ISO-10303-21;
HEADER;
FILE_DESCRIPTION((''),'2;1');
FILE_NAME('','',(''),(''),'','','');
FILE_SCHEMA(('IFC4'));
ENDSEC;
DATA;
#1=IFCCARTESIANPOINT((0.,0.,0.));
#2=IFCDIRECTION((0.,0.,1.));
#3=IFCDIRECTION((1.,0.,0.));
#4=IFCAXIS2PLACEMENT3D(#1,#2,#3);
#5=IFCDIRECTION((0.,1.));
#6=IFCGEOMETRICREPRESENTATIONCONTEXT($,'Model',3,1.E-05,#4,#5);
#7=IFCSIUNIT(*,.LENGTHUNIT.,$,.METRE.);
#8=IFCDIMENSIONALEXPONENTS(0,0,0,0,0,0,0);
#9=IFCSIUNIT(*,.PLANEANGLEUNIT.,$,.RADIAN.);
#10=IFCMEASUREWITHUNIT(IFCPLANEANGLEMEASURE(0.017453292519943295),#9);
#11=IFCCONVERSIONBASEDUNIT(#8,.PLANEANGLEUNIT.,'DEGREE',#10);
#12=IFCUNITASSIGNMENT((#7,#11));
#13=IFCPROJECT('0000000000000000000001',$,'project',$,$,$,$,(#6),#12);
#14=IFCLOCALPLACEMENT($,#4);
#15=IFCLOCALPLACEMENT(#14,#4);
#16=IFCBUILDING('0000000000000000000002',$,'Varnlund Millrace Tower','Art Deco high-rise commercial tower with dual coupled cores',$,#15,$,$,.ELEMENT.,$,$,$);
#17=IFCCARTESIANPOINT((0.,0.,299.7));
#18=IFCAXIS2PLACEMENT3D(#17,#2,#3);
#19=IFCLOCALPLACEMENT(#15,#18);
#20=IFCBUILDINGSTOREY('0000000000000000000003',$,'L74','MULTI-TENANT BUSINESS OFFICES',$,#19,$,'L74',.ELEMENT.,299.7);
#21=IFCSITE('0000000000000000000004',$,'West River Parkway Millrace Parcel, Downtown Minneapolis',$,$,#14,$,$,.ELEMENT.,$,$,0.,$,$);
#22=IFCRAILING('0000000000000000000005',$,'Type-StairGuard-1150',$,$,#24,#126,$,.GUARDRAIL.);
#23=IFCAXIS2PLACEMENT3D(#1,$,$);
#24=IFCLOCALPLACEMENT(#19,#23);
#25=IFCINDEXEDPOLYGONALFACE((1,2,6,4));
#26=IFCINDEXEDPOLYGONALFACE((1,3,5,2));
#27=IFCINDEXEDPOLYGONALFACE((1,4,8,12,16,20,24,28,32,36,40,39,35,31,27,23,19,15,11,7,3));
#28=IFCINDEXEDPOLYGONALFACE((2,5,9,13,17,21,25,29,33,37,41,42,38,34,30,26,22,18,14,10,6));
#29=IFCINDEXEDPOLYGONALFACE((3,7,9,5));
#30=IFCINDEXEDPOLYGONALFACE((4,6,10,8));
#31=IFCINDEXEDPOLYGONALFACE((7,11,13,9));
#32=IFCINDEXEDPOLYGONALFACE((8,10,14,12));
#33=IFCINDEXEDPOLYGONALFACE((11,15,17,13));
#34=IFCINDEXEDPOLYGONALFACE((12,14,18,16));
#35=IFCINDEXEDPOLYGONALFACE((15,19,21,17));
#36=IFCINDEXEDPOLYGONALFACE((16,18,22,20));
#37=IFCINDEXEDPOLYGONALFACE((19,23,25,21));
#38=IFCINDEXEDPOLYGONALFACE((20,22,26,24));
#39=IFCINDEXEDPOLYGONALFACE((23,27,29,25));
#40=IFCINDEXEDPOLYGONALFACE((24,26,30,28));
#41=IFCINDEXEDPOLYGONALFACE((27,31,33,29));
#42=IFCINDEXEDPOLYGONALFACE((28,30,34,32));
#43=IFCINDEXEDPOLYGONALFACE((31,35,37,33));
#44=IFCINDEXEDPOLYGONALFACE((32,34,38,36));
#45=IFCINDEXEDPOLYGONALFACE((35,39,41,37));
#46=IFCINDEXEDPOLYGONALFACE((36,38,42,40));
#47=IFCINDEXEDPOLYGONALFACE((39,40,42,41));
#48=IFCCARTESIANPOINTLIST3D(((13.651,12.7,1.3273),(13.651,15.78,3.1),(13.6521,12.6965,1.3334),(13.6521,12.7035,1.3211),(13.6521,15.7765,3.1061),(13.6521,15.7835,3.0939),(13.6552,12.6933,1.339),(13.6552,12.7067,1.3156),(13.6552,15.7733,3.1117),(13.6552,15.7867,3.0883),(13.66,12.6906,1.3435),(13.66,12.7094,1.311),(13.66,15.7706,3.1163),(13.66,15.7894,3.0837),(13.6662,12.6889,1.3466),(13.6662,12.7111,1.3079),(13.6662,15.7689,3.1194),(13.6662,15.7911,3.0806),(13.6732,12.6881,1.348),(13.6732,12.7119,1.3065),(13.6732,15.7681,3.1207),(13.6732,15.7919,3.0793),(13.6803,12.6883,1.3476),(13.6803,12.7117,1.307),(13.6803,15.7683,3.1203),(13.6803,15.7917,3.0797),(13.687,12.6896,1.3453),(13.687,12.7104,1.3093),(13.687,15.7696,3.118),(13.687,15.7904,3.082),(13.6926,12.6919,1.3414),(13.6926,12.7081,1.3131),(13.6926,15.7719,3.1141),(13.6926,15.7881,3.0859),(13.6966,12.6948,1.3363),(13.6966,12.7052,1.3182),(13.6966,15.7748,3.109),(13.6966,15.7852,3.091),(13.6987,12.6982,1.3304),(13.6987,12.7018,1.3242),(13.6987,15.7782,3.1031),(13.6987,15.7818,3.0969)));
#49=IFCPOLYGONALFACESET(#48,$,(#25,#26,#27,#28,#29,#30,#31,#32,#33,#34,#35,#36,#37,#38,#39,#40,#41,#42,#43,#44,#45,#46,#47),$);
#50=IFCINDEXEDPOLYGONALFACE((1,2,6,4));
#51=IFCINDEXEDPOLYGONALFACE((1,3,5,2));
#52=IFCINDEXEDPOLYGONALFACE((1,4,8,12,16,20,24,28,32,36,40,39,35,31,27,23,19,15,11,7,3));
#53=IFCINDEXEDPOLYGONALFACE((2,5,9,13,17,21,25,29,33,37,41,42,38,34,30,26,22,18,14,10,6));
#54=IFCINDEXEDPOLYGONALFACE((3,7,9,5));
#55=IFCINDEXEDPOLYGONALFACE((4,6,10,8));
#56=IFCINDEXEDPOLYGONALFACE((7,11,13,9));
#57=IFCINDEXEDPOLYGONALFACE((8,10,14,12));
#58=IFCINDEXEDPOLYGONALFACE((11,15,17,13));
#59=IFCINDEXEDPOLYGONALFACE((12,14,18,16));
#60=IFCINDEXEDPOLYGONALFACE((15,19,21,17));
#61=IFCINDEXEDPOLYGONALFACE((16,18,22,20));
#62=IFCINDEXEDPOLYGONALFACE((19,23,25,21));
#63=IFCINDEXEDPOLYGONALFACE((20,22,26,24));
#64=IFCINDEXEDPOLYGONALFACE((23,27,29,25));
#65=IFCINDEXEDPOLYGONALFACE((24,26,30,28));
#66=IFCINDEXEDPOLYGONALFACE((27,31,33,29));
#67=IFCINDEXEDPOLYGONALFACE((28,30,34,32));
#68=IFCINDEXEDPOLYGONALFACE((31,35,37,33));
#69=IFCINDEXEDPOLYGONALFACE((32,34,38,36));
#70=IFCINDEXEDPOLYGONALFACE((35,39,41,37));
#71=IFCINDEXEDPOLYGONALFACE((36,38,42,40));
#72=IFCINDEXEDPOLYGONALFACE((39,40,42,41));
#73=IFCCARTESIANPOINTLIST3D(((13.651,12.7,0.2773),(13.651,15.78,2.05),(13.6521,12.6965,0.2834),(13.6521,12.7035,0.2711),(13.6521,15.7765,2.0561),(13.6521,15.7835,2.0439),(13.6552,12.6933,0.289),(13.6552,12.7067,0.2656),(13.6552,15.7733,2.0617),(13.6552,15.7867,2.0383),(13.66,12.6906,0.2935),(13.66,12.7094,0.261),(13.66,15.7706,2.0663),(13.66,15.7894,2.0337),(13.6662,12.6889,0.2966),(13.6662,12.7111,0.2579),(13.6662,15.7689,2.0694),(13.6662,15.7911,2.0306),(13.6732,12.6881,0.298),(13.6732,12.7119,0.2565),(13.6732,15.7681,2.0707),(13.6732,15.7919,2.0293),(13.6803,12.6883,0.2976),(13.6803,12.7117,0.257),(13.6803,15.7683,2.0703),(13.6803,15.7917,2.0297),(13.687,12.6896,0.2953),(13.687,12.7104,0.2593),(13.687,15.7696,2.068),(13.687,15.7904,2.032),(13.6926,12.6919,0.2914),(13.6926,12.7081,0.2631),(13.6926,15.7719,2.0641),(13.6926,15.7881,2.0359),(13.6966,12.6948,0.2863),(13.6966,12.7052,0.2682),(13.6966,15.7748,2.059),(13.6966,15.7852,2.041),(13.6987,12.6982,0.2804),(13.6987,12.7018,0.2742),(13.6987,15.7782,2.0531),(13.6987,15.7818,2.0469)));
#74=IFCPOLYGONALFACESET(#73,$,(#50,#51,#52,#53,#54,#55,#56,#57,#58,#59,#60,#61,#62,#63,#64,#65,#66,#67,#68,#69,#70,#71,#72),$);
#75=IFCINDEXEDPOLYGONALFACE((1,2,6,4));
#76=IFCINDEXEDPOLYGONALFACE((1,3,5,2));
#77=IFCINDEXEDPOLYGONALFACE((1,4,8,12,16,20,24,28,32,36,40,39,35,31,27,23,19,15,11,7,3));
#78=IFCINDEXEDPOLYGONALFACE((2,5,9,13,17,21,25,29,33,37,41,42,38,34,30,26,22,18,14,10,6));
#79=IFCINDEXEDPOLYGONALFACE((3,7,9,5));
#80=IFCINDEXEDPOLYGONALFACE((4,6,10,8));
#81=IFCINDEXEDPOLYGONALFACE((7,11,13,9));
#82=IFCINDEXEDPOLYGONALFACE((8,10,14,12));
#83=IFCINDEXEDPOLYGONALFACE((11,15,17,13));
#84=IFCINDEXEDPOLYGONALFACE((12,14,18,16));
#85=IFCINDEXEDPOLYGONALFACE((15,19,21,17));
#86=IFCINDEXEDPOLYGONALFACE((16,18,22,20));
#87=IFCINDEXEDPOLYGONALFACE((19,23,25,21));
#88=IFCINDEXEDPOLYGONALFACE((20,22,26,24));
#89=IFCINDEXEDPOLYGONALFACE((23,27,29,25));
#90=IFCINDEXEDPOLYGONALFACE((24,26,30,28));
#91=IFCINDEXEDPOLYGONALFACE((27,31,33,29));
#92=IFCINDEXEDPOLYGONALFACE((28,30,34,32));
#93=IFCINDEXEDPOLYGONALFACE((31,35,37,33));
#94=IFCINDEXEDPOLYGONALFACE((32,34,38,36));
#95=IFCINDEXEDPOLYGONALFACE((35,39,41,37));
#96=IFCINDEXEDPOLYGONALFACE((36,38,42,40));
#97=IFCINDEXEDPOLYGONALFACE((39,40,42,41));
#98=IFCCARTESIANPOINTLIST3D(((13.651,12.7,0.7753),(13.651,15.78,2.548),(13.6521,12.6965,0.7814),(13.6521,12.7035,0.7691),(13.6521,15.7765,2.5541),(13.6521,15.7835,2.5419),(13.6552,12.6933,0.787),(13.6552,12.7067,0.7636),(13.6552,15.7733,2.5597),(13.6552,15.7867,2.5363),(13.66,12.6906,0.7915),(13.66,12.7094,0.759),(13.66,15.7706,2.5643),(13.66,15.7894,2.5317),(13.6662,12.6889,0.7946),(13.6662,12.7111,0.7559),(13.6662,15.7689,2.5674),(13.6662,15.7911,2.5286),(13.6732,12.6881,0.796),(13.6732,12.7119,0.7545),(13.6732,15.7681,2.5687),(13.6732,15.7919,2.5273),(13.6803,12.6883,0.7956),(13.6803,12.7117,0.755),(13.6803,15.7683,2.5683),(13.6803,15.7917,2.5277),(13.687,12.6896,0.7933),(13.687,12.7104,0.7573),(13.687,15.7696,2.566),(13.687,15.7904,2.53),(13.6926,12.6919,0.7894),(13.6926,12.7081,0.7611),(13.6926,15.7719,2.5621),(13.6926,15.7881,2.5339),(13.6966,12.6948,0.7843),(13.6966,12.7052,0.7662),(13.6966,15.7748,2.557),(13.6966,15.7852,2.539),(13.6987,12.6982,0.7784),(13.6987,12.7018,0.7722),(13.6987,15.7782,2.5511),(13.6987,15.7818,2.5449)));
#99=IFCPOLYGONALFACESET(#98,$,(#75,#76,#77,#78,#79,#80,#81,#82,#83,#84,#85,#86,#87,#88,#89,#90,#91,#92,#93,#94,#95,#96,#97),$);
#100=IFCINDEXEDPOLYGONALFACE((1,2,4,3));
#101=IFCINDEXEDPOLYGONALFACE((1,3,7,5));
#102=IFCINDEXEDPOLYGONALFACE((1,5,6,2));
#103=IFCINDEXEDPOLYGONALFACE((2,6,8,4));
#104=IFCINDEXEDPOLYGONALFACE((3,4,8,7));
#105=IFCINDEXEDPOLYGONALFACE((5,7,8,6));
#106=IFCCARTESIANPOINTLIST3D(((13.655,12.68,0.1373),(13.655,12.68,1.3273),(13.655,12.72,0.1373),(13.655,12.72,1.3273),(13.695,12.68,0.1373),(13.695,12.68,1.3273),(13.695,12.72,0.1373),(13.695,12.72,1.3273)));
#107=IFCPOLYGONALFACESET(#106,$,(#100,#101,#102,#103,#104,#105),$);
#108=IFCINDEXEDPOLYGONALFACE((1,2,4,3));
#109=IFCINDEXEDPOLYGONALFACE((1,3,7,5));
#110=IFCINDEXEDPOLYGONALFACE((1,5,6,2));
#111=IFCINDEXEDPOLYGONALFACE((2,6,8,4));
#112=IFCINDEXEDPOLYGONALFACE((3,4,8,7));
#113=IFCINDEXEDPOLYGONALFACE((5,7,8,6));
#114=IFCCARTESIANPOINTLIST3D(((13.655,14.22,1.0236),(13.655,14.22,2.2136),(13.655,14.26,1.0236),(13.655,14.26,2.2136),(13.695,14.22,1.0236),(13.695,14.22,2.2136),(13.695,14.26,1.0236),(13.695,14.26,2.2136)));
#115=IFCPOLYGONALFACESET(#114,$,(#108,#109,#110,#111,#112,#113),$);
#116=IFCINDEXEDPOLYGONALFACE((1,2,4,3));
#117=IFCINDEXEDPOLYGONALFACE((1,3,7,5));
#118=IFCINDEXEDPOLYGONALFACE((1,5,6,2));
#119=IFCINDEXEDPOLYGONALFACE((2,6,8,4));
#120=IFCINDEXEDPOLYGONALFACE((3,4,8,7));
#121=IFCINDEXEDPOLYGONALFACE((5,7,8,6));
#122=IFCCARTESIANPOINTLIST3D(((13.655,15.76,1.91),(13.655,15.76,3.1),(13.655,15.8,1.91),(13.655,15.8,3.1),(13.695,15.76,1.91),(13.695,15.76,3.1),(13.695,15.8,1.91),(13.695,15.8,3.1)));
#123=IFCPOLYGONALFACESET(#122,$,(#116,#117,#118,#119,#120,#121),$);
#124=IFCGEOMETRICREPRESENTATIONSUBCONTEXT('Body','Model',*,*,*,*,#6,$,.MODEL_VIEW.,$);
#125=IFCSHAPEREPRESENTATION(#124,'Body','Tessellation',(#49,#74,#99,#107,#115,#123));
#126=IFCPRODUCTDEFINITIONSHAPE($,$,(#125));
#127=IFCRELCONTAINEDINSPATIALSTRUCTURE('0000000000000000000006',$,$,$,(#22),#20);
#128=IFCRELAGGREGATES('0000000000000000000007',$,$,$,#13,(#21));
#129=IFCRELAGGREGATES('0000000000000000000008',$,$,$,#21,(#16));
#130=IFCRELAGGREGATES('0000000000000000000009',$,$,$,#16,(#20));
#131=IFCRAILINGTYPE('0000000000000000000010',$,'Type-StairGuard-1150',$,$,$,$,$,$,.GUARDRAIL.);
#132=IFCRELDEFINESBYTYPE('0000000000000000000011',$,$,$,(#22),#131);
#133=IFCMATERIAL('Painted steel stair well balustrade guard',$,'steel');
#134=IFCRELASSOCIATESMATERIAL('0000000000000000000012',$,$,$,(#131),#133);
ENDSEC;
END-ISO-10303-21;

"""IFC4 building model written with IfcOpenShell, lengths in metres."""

from ifc_helpers import new_model, entity, si_unit, converted_unit, direction, frame, origin_with_axes, origin_2d_with_axis, place, context, subcontext, project, spatial, rectangle, circle, extrude, material, type_object, element, save


model = new_model("IFC4")

# Units and contexts
model_context = context("Model", 3, precision=1e-05, world=origin_with_axes(), true_north=direction((0.0, 1.0)))
body_context = subcontext(model_context, "Body", "Model", "MODEL_VIEW")
ifc_project = project(units=[si_unit("LENGTHUNIT", "METRE"), converted_unit("PLANEANGLEUNIT", "DEGREE", entity("IfcPlaneAngleMeasure", 0.017453292519943295), si_unit("PLANEANGLEUNIT", "RADIAN"), dimensions=[0, 0, 0, 0, 0, 0, 0])], contexts=[model_context])

# Site, building, storey
site_placement = place(None, origin_with_axes())
site = spatial("IfcSite", under=ifc_project, at=site_placement, Name="West River Parkway Millrace Parcel, Downtown Minneapolis", CompositionType="ELEMENT", RefElevation=0.0)
building_placement = place(site_placement, origin_with_axes())
building = spatial("IfcBuilding", under=site, at=building_placement, Name="Varnlund Millrace Tower", Description="Art Deco high-rise commercial tower with dual coupled cores", CompositionType="ELEMENT")
storey_placement = place(building_placement, frame((0.0, 0.0, 299.7), z_axis=(0.0, 0.0, 1.0), x_axis=(1.0, 0.0, 0.0)))
storey = spatial("IfcBuildingStorey", under=building, at=storey_placement, Name="L74", Description="MULTI-TENANT BUSINESS OFFICES", LongName="L74", CompositionType="ELEMENT", Elevation=299.7)

# Railing
ifc_material_1 = material(Name="Painted steel stair well balustrade guard", Category="steel")
railing_type_1 = type_object("IfcRailingType", Name="Type-StairGuard-1150", PredefinedType="GUARDRAIL", material=ifc_material_1)
railing_1_placement = place(storey_placement, frame((0.0, 0.0, -299.7), z_axis=(0.0, 0.0, 1.0), x_axis=(1.0, 0.0, 0.0)))
element("IfcRailing", 1, at=railing_1_placement, inside=storey, type_object=railing_type_1, Name="Type-StairGuard-1150", PredefinedType="GUARDRAIL", context=body_context, shape_type="SweptSolid", body=[
    extrude(circle(Radius=0.024, at=origin_2d_with_axis()), frame((13.675, 12.7, 301.0273), z_axis=(0.0, 0.866696, 0.498836), x_axis=(-1.0, 0.0, 0.0)), (0.0, 0.0, 1.0), 3.5537),
    extrude(circle(Radius=0.024, at=origin_2d_with_axis()), frame((13.675, 12.7, 299.9773), z_axis=(0.0, 0.866696, 0.498836), x_axis=(-1.0, 0.0, 0.0)), (0.0, 0.0, 1.0), 3.5537),
    extrude(circle(Radius=0.024, at=origin_2d_with_axis()), frame((13.675, 12.7, 300.4753), z_axis=(0.0, 0.866696, 0.498836), x_axis=(-1.0, 0.0, 0.0)), (0.0, 0.0, 1.0), 3.5537),
    extrude(rectangle(XDim=0.04, YDim=0.04, at=origin_2d_with_axis()), frame((13.675, 12.7, 299.8373), z_axis=(0.0, 0.0, 1.0), x_axis=(1.0, 0.0, 0.0)), (0.0, 0.0, 1.0), 1.19),
    extrude(rectangle(XDim=0.04, YDim=0.04, at=origin_2d_with_axis()), frame((13.675, 14.24, 300.7236), z_axis=(0.0, 0.0, 1.0), x_axis=(1.0, 0.0, 0.0)), (0.0, 0.0, 1.0), 1.19),
    extrude(rectangle(XDim=0.04, YDim=0.04, at=origin_2d_with_axis()), frame((13.675, 15.78, 301.61), z_axis=(0.0, 0.0, 1.0), x_axis=(1.0, 0.0, 0.0)), (0.0, 0.0, 1.0), 1.19),
])

save(model, "model.ifc")
